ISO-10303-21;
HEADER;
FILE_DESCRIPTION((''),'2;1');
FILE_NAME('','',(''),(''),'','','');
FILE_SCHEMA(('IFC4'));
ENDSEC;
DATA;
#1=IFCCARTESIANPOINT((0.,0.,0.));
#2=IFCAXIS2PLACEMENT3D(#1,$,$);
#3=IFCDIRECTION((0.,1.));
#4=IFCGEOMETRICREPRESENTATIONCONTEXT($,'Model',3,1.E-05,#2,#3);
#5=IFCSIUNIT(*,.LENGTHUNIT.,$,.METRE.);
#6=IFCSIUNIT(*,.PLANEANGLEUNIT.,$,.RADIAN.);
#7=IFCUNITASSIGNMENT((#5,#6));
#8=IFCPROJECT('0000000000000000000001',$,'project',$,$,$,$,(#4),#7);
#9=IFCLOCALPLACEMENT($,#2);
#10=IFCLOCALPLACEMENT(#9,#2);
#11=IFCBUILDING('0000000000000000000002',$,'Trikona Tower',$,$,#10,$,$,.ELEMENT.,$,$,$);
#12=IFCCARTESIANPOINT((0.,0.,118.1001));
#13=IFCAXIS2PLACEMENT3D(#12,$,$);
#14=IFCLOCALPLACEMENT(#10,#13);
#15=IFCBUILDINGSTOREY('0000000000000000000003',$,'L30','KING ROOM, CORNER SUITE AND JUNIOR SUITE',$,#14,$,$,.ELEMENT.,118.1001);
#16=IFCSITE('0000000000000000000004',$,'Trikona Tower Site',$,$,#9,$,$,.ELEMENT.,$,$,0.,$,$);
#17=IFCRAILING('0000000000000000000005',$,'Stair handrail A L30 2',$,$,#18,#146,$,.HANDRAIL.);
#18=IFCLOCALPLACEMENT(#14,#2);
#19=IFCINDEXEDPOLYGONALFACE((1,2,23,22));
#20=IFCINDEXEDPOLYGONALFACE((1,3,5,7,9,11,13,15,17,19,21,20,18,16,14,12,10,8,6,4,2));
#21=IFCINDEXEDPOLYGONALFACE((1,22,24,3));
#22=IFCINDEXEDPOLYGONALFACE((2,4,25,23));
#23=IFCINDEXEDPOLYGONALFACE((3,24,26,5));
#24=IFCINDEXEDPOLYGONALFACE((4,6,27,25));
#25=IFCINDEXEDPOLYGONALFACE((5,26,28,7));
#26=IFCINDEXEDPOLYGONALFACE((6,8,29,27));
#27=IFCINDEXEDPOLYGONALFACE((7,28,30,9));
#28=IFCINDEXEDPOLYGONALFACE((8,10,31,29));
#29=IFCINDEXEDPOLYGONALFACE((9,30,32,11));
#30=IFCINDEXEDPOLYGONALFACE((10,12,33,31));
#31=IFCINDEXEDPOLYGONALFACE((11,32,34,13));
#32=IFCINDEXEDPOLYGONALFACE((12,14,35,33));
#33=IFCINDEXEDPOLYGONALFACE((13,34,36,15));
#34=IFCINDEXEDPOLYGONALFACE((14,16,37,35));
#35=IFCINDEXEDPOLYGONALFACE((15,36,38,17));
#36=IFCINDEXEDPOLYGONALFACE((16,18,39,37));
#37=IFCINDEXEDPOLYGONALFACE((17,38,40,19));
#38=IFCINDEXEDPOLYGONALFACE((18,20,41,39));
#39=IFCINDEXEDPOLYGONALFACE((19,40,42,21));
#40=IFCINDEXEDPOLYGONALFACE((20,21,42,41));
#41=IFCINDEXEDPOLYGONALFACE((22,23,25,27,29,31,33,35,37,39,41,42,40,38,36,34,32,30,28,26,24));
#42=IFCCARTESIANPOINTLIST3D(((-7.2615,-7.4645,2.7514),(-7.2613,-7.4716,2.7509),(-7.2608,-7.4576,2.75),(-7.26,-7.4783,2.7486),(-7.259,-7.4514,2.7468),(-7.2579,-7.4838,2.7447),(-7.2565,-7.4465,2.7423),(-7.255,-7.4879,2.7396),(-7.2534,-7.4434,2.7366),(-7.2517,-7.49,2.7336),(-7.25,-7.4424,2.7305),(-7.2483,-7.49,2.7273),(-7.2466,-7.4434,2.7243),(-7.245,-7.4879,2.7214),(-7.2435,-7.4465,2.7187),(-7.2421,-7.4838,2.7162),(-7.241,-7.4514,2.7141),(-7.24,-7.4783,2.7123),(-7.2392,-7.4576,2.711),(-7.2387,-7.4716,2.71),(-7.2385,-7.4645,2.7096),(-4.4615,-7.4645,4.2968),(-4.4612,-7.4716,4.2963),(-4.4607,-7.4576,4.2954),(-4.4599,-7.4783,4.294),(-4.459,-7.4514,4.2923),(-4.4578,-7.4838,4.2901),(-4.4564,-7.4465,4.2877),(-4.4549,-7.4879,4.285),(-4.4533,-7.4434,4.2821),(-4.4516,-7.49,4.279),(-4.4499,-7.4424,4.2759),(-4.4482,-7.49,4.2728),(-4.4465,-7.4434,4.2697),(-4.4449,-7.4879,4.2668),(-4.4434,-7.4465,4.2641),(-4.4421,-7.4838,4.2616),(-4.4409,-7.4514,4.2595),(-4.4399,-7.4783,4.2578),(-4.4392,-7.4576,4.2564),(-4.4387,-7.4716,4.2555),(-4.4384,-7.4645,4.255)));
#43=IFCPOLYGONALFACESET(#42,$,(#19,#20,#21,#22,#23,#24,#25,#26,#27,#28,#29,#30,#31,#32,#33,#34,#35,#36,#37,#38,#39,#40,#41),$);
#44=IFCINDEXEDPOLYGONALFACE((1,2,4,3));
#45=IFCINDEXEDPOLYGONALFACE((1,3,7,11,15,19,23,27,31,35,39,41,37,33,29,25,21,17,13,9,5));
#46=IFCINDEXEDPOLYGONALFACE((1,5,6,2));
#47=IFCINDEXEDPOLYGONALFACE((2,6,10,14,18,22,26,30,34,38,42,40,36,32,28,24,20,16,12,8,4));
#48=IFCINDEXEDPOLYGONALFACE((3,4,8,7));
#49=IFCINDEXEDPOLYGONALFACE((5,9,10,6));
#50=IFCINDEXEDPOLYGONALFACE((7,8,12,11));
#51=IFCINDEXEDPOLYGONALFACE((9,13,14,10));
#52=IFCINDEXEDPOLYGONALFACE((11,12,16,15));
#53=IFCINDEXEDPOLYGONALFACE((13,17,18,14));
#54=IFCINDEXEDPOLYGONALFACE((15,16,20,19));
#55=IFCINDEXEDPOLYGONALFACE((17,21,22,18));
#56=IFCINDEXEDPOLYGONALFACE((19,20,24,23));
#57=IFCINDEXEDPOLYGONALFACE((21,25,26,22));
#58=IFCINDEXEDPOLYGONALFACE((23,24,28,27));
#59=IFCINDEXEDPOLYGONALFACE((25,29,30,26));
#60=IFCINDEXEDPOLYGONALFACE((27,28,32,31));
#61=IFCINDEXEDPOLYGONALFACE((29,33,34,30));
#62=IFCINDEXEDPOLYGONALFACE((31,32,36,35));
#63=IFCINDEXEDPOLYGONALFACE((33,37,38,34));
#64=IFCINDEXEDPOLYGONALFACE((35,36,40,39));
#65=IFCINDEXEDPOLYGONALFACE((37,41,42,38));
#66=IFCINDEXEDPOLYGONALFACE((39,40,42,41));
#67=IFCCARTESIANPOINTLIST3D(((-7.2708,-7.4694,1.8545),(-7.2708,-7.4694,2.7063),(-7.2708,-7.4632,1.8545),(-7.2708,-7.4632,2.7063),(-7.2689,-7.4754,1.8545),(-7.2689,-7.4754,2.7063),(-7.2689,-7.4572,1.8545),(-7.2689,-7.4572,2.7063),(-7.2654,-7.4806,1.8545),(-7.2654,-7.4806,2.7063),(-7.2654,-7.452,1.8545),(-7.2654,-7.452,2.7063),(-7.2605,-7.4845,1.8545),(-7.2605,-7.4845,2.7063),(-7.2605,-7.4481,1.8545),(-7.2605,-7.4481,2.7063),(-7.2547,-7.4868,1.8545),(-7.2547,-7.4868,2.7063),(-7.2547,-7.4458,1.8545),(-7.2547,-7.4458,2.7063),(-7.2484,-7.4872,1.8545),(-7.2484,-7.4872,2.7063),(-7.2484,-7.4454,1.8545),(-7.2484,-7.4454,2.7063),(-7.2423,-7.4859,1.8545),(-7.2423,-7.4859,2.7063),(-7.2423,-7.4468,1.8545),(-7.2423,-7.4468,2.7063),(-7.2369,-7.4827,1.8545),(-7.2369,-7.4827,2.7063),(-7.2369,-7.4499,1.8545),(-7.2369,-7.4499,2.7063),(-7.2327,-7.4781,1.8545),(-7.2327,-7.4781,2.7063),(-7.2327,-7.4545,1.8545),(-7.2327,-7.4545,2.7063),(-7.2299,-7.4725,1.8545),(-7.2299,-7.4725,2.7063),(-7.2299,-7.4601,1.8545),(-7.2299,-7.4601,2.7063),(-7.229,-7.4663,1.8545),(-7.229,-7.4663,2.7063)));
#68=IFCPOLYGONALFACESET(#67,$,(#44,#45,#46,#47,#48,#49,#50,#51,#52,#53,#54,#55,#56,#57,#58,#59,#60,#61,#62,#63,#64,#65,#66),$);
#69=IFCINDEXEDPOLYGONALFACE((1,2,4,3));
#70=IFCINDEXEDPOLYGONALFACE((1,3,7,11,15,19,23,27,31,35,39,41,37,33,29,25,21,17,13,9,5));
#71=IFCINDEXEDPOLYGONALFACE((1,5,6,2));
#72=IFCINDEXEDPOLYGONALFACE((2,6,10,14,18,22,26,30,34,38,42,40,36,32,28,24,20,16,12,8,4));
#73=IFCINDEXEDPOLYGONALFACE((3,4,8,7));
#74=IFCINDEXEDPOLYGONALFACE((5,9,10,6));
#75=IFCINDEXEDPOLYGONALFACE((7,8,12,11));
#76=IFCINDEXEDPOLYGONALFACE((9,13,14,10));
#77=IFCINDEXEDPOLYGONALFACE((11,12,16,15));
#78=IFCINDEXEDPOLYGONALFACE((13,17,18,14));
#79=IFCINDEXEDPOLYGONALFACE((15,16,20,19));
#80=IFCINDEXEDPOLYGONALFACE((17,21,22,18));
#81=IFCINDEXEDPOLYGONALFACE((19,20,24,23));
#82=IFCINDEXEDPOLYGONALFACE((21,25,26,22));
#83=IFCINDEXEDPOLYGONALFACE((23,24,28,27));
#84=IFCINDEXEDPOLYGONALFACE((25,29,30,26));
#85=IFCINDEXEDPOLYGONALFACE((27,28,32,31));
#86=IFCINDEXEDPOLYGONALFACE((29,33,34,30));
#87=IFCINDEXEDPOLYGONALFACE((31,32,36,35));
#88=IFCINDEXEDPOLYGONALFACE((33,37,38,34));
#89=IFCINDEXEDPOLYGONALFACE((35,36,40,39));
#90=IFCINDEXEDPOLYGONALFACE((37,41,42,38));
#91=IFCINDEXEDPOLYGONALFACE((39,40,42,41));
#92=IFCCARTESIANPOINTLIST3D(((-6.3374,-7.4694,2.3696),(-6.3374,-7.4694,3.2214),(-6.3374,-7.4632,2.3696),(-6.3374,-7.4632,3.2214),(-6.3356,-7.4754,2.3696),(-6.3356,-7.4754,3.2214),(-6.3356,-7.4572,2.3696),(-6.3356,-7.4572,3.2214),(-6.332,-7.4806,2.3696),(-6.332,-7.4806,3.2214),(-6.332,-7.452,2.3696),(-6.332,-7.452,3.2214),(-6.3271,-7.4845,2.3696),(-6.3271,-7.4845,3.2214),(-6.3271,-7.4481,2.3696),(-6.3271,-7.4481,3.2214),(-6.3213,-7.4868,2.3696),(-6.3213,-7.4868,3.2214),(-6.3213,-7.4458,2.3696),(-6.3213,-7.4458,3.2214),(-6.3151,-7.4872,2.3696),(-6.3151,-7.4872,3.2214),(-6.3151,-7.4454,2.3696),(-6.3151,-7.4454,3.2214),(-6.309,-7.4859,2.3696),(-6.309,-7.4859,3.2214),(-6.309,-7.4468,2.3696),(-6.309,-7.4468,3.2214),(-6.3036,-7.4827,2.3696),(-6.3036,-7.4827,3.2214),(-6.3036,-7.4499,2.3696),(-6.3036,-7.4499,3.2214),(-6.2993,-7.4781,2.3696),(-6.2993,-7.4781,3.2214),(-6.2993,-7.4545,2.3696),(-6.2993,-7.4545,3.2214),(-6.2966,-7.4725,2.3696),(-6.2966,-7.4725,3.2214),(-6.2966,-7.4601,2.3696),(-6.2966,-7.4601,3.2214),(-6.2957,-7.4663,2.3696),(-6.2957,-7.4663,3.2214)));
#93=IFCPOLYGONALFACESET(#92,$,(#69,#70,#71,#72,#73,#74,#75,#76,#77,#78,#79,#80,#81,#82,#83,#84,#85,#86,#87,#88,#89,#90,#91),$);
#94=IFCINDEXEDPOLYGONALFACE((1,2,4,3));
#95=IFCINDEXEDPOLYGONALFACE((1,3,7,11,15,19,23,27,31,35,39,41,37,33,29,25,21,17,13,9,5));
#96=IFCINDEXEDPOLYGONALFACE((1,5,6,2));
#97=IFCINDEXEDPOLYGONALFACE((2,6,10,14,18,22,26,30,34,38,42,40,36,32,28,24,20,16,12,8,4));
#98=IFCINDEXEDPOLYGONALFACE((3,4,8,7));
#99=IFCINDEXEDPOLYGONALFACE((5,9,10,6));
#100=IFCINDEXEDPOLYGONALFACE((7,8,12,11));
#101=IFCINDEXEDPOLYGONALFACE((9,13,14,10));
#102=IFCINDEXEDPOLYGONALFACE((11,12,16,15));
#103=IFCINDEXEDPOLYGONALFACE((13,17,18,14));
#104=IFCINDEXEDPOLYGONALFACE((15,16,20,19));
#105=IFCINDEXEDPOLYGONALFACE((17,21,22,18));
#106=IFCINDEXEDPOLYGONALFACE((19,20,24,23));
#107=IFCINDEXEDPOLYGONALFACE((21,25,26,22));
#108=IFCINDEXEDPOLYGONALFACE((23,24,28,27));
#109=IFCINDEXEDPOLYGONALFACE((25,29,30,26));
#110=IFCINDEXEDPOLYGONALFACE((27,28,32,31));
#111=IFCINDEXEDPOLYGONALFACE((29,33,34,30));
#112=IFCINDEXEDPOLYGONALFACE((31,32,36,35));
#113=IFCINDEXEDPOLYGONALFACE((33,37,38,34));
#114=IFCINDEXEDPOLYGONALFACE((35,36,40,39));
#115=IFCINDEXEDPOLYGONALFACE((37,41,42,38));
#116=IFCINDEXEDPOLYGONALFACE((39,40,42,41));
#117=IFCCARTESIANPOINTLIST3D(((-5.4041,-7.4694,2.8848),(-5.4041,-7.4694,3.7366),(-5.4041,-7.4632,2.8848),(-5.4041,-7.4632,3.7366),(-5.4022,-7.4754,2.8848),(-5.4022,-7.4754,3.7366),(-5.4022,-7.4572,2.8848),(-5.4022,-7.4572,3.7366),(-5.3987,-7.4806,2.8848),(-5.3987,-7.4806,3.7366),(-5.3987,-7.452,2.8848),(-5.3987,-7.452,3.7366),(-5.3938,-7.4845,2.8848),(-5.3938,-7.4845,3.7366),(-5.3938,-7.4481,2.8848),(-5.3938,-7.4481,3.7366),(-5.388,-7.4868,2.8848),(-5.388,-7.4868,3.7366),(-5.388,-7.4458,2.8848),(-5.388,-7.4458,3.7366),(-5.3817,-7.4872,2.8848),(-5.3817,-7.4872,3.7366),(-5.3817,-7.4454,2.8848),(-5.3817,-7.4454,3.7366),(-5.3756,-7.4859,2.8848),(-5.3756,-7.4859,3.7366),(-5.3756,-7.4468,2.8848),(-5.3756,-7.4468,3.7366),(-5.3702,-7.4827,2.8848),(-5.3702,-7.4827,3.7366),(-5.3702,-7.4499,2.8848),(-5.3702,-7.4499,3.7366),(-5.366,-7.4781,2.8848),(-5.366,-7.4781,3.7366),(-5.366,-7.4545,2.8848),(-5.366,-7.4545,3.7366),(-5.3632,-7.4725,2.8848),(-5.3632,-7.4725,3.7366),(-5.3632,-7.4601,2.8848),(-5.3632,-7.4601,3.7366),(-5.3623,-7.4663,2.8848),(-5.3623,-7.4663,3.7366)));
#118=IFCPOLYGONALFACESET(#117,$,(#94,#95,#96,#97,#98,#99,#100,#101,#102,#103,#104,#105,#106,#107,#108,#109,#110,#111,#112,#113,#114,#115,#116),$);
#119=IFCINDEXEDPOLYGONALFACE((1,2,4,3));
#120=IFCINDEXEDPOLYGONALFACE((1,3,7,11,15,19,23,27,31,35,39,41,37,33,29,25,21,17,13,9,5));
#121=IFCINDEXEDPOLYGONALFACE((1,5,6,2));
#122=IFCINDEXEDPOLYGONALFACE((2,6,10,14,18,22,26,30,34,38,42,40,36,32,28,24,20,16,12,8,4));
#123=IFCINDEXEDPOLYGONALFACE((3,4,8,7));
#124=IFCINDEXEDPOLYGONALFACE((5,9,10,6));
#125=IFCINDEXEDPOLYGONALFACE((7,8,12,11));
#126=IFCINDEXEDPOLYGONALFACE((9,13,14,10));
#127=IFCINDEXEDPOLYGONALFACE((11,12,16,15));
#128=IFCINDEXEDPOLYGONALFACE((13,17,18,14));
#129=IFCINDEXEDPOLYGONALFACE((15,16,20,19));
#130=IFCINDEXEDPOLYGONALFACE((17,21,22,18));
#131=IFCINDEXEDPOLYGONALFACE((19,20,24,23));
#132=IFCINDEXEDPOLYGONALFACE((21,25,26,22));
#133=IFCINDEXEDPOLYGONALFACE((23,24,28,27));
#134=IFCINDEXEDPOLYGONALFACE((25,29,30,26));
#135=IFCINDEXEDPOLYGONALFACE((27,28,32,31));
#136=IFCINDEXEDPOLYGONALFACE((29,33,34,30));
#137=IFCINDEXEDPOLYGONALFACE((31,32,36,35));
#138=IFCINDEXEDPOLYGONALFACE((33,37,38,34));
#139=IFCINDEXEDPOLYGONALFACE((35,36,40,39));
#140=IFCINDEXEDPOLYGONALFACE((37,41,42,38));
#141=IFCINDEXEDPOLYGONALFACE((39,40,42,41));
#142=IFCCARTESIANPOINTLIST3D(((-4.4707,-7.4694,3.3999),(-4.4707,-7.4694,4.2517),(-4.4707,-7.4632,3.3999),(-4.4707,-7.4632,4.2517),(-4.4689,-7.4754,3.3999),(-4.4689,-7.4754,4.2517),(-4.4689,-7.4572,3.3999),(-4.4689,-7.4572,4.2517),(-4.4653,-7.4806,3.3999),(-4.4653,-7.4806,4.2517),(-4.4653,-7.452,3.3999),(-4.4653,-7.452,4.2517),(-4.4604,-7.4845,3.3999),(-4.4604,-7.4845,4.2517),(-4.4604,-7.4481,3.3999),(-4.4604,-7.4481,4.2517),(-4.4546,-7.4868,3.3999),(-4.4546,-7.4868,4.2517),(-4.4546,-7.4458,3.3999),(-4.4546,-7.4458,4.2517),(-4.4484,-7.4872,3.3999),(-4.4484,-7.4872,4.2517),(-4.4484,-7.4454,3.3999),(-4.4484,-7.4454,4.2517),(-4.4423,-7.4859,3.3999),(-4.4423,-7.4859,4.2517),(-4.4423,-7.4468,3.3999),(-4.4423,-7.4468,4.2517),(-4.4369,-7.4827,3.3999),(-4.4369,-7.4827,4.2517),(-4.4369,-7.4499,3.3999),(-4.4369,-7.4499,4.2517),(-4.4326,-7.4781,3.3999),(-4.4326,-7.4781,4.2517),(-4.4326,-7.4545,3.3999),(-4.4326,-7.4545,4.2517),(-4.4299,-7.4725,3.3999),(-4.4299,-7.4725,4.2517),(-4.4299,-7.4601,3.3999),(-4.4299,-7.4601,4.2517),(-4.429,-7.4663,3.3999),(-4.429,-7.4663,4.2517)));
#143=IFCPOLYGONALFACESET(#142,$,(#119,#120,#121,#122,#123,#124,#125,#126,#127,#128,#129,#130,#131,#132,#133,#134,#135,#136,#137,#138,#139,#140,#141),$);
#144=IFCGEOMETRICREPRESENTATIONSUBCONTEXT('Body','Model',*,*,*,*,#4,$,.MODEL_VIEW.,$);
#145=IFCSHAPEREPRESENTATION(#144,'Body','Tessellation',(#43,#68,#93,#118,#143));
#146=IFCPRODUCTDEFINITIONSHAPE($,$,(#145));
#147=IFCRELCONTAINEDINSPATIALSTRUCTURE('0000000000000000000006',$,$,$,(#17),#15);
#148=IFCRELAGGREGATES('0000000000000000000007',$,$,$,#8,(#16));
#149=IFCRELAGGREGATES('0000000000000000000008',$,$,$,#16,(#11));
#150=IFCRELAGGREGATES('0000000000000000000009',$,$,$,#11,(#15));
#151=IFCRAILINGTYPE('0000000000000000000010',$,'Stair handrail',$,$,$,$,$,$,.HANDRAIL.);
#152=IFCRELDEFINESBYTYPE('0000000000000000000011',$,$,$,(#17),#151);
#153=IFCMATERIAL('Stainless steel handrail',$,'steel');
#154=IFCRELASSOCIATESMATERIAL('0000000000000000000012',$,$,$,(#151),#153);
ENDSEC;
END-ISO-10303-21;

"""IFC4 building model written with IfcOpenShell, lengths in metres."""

from ifc_helpers import new_model, si_unit, direction, frame, origin, origin_2d, place, context, subcontext, project, spatial, circle, extrude, material, type_object, element, save


model = new_model("IFC4")

# Units and contexts
model_context = context("Model", 3, precision=1e-05, world=origin(), true_north=direction((0.0, 1.0)))
body_context = subcontext(model_context, "Body", "Model", "MODEL_VIEW")
ifc_project = project(units=[si_unit("LENGTHUNIT", "METRE"), si_unit("PLANEANGLEUNIT", "RADIAN")], contexts=[model_context])

# Site, building, storey
site_placement = place(None, origin())
site = spatial("IfcSite", under=ifc_project, at=site_placement, Name="Trikona Tower Site", CompositionType="ELEMENT", RefElevation=0.0)
building_placement = place(site_placement, origin())
building = spatial("IfcBuilding", under=site, at=building_placement, Name="Trikona Tower", CompositionType="ELEMENT")
storey_placement = place(building_placement, frame((0.0, 0.0, 118.1001)))
storey = spatial("IfcBuildingStorey", under=building, at=storey_placement, Name="L30", Description="KING ROOM, CORNER SUITE AND JUNIOR SUITE", CompositionType="ELEMENT", Elevation=118.1001)

# Railing
ifc_material_1 = material(Name="Stainless steel handrail", Category="steel")
railing_type = type_object("IfcRailingType", Name="Stair handrail", PredefinedType="HANDRAIL", material=ifc_material_1)
railing_placement = place(storey_placement, frame((-7.25, -7.4663, 1.8545)))
element("IfcRailing", 1, at=railing_placement, inside=storey, type_object=railing_type, Name="Stair handrail A L30 2", PredefinedType="HANDRAIL", context=body_context, shape_type="SweptSolid", body=[
    extrude(circle(Radius=0.0239, at=origin_2d()), frame((0.0, 0.0, 0.876), z_axis=(0.875504, 0.0, 0.483211), x_axis=(0.0, 1.0, 0.0)), (0.0, 0.0, 1.0), 3.1982),
    extrude(circle(Radius=0.021, at=origin_2d()), origin(), (0.0, 0.0, 1.0), 0.8518),
    extrude(circle(Radius=0.021, at=origin_2d()), frame((0.9333, 0.0, 0.5151)), (0.0, 0.0, 1.0), 0.8518),
    extrude(circle(Radius=0.021, at=origin_2d()), frame((1.8667, 0.0, 1.0303)), (0.0, 0.0, 1.0), 0.8518),
    extrude(circle(Radius=0.021, at=origin_2d()), frame((2.8, 0.0, 1.5454)), (0.0, 0.0, 1.0), 0.8518),
])

save(model, "model.ifc")
